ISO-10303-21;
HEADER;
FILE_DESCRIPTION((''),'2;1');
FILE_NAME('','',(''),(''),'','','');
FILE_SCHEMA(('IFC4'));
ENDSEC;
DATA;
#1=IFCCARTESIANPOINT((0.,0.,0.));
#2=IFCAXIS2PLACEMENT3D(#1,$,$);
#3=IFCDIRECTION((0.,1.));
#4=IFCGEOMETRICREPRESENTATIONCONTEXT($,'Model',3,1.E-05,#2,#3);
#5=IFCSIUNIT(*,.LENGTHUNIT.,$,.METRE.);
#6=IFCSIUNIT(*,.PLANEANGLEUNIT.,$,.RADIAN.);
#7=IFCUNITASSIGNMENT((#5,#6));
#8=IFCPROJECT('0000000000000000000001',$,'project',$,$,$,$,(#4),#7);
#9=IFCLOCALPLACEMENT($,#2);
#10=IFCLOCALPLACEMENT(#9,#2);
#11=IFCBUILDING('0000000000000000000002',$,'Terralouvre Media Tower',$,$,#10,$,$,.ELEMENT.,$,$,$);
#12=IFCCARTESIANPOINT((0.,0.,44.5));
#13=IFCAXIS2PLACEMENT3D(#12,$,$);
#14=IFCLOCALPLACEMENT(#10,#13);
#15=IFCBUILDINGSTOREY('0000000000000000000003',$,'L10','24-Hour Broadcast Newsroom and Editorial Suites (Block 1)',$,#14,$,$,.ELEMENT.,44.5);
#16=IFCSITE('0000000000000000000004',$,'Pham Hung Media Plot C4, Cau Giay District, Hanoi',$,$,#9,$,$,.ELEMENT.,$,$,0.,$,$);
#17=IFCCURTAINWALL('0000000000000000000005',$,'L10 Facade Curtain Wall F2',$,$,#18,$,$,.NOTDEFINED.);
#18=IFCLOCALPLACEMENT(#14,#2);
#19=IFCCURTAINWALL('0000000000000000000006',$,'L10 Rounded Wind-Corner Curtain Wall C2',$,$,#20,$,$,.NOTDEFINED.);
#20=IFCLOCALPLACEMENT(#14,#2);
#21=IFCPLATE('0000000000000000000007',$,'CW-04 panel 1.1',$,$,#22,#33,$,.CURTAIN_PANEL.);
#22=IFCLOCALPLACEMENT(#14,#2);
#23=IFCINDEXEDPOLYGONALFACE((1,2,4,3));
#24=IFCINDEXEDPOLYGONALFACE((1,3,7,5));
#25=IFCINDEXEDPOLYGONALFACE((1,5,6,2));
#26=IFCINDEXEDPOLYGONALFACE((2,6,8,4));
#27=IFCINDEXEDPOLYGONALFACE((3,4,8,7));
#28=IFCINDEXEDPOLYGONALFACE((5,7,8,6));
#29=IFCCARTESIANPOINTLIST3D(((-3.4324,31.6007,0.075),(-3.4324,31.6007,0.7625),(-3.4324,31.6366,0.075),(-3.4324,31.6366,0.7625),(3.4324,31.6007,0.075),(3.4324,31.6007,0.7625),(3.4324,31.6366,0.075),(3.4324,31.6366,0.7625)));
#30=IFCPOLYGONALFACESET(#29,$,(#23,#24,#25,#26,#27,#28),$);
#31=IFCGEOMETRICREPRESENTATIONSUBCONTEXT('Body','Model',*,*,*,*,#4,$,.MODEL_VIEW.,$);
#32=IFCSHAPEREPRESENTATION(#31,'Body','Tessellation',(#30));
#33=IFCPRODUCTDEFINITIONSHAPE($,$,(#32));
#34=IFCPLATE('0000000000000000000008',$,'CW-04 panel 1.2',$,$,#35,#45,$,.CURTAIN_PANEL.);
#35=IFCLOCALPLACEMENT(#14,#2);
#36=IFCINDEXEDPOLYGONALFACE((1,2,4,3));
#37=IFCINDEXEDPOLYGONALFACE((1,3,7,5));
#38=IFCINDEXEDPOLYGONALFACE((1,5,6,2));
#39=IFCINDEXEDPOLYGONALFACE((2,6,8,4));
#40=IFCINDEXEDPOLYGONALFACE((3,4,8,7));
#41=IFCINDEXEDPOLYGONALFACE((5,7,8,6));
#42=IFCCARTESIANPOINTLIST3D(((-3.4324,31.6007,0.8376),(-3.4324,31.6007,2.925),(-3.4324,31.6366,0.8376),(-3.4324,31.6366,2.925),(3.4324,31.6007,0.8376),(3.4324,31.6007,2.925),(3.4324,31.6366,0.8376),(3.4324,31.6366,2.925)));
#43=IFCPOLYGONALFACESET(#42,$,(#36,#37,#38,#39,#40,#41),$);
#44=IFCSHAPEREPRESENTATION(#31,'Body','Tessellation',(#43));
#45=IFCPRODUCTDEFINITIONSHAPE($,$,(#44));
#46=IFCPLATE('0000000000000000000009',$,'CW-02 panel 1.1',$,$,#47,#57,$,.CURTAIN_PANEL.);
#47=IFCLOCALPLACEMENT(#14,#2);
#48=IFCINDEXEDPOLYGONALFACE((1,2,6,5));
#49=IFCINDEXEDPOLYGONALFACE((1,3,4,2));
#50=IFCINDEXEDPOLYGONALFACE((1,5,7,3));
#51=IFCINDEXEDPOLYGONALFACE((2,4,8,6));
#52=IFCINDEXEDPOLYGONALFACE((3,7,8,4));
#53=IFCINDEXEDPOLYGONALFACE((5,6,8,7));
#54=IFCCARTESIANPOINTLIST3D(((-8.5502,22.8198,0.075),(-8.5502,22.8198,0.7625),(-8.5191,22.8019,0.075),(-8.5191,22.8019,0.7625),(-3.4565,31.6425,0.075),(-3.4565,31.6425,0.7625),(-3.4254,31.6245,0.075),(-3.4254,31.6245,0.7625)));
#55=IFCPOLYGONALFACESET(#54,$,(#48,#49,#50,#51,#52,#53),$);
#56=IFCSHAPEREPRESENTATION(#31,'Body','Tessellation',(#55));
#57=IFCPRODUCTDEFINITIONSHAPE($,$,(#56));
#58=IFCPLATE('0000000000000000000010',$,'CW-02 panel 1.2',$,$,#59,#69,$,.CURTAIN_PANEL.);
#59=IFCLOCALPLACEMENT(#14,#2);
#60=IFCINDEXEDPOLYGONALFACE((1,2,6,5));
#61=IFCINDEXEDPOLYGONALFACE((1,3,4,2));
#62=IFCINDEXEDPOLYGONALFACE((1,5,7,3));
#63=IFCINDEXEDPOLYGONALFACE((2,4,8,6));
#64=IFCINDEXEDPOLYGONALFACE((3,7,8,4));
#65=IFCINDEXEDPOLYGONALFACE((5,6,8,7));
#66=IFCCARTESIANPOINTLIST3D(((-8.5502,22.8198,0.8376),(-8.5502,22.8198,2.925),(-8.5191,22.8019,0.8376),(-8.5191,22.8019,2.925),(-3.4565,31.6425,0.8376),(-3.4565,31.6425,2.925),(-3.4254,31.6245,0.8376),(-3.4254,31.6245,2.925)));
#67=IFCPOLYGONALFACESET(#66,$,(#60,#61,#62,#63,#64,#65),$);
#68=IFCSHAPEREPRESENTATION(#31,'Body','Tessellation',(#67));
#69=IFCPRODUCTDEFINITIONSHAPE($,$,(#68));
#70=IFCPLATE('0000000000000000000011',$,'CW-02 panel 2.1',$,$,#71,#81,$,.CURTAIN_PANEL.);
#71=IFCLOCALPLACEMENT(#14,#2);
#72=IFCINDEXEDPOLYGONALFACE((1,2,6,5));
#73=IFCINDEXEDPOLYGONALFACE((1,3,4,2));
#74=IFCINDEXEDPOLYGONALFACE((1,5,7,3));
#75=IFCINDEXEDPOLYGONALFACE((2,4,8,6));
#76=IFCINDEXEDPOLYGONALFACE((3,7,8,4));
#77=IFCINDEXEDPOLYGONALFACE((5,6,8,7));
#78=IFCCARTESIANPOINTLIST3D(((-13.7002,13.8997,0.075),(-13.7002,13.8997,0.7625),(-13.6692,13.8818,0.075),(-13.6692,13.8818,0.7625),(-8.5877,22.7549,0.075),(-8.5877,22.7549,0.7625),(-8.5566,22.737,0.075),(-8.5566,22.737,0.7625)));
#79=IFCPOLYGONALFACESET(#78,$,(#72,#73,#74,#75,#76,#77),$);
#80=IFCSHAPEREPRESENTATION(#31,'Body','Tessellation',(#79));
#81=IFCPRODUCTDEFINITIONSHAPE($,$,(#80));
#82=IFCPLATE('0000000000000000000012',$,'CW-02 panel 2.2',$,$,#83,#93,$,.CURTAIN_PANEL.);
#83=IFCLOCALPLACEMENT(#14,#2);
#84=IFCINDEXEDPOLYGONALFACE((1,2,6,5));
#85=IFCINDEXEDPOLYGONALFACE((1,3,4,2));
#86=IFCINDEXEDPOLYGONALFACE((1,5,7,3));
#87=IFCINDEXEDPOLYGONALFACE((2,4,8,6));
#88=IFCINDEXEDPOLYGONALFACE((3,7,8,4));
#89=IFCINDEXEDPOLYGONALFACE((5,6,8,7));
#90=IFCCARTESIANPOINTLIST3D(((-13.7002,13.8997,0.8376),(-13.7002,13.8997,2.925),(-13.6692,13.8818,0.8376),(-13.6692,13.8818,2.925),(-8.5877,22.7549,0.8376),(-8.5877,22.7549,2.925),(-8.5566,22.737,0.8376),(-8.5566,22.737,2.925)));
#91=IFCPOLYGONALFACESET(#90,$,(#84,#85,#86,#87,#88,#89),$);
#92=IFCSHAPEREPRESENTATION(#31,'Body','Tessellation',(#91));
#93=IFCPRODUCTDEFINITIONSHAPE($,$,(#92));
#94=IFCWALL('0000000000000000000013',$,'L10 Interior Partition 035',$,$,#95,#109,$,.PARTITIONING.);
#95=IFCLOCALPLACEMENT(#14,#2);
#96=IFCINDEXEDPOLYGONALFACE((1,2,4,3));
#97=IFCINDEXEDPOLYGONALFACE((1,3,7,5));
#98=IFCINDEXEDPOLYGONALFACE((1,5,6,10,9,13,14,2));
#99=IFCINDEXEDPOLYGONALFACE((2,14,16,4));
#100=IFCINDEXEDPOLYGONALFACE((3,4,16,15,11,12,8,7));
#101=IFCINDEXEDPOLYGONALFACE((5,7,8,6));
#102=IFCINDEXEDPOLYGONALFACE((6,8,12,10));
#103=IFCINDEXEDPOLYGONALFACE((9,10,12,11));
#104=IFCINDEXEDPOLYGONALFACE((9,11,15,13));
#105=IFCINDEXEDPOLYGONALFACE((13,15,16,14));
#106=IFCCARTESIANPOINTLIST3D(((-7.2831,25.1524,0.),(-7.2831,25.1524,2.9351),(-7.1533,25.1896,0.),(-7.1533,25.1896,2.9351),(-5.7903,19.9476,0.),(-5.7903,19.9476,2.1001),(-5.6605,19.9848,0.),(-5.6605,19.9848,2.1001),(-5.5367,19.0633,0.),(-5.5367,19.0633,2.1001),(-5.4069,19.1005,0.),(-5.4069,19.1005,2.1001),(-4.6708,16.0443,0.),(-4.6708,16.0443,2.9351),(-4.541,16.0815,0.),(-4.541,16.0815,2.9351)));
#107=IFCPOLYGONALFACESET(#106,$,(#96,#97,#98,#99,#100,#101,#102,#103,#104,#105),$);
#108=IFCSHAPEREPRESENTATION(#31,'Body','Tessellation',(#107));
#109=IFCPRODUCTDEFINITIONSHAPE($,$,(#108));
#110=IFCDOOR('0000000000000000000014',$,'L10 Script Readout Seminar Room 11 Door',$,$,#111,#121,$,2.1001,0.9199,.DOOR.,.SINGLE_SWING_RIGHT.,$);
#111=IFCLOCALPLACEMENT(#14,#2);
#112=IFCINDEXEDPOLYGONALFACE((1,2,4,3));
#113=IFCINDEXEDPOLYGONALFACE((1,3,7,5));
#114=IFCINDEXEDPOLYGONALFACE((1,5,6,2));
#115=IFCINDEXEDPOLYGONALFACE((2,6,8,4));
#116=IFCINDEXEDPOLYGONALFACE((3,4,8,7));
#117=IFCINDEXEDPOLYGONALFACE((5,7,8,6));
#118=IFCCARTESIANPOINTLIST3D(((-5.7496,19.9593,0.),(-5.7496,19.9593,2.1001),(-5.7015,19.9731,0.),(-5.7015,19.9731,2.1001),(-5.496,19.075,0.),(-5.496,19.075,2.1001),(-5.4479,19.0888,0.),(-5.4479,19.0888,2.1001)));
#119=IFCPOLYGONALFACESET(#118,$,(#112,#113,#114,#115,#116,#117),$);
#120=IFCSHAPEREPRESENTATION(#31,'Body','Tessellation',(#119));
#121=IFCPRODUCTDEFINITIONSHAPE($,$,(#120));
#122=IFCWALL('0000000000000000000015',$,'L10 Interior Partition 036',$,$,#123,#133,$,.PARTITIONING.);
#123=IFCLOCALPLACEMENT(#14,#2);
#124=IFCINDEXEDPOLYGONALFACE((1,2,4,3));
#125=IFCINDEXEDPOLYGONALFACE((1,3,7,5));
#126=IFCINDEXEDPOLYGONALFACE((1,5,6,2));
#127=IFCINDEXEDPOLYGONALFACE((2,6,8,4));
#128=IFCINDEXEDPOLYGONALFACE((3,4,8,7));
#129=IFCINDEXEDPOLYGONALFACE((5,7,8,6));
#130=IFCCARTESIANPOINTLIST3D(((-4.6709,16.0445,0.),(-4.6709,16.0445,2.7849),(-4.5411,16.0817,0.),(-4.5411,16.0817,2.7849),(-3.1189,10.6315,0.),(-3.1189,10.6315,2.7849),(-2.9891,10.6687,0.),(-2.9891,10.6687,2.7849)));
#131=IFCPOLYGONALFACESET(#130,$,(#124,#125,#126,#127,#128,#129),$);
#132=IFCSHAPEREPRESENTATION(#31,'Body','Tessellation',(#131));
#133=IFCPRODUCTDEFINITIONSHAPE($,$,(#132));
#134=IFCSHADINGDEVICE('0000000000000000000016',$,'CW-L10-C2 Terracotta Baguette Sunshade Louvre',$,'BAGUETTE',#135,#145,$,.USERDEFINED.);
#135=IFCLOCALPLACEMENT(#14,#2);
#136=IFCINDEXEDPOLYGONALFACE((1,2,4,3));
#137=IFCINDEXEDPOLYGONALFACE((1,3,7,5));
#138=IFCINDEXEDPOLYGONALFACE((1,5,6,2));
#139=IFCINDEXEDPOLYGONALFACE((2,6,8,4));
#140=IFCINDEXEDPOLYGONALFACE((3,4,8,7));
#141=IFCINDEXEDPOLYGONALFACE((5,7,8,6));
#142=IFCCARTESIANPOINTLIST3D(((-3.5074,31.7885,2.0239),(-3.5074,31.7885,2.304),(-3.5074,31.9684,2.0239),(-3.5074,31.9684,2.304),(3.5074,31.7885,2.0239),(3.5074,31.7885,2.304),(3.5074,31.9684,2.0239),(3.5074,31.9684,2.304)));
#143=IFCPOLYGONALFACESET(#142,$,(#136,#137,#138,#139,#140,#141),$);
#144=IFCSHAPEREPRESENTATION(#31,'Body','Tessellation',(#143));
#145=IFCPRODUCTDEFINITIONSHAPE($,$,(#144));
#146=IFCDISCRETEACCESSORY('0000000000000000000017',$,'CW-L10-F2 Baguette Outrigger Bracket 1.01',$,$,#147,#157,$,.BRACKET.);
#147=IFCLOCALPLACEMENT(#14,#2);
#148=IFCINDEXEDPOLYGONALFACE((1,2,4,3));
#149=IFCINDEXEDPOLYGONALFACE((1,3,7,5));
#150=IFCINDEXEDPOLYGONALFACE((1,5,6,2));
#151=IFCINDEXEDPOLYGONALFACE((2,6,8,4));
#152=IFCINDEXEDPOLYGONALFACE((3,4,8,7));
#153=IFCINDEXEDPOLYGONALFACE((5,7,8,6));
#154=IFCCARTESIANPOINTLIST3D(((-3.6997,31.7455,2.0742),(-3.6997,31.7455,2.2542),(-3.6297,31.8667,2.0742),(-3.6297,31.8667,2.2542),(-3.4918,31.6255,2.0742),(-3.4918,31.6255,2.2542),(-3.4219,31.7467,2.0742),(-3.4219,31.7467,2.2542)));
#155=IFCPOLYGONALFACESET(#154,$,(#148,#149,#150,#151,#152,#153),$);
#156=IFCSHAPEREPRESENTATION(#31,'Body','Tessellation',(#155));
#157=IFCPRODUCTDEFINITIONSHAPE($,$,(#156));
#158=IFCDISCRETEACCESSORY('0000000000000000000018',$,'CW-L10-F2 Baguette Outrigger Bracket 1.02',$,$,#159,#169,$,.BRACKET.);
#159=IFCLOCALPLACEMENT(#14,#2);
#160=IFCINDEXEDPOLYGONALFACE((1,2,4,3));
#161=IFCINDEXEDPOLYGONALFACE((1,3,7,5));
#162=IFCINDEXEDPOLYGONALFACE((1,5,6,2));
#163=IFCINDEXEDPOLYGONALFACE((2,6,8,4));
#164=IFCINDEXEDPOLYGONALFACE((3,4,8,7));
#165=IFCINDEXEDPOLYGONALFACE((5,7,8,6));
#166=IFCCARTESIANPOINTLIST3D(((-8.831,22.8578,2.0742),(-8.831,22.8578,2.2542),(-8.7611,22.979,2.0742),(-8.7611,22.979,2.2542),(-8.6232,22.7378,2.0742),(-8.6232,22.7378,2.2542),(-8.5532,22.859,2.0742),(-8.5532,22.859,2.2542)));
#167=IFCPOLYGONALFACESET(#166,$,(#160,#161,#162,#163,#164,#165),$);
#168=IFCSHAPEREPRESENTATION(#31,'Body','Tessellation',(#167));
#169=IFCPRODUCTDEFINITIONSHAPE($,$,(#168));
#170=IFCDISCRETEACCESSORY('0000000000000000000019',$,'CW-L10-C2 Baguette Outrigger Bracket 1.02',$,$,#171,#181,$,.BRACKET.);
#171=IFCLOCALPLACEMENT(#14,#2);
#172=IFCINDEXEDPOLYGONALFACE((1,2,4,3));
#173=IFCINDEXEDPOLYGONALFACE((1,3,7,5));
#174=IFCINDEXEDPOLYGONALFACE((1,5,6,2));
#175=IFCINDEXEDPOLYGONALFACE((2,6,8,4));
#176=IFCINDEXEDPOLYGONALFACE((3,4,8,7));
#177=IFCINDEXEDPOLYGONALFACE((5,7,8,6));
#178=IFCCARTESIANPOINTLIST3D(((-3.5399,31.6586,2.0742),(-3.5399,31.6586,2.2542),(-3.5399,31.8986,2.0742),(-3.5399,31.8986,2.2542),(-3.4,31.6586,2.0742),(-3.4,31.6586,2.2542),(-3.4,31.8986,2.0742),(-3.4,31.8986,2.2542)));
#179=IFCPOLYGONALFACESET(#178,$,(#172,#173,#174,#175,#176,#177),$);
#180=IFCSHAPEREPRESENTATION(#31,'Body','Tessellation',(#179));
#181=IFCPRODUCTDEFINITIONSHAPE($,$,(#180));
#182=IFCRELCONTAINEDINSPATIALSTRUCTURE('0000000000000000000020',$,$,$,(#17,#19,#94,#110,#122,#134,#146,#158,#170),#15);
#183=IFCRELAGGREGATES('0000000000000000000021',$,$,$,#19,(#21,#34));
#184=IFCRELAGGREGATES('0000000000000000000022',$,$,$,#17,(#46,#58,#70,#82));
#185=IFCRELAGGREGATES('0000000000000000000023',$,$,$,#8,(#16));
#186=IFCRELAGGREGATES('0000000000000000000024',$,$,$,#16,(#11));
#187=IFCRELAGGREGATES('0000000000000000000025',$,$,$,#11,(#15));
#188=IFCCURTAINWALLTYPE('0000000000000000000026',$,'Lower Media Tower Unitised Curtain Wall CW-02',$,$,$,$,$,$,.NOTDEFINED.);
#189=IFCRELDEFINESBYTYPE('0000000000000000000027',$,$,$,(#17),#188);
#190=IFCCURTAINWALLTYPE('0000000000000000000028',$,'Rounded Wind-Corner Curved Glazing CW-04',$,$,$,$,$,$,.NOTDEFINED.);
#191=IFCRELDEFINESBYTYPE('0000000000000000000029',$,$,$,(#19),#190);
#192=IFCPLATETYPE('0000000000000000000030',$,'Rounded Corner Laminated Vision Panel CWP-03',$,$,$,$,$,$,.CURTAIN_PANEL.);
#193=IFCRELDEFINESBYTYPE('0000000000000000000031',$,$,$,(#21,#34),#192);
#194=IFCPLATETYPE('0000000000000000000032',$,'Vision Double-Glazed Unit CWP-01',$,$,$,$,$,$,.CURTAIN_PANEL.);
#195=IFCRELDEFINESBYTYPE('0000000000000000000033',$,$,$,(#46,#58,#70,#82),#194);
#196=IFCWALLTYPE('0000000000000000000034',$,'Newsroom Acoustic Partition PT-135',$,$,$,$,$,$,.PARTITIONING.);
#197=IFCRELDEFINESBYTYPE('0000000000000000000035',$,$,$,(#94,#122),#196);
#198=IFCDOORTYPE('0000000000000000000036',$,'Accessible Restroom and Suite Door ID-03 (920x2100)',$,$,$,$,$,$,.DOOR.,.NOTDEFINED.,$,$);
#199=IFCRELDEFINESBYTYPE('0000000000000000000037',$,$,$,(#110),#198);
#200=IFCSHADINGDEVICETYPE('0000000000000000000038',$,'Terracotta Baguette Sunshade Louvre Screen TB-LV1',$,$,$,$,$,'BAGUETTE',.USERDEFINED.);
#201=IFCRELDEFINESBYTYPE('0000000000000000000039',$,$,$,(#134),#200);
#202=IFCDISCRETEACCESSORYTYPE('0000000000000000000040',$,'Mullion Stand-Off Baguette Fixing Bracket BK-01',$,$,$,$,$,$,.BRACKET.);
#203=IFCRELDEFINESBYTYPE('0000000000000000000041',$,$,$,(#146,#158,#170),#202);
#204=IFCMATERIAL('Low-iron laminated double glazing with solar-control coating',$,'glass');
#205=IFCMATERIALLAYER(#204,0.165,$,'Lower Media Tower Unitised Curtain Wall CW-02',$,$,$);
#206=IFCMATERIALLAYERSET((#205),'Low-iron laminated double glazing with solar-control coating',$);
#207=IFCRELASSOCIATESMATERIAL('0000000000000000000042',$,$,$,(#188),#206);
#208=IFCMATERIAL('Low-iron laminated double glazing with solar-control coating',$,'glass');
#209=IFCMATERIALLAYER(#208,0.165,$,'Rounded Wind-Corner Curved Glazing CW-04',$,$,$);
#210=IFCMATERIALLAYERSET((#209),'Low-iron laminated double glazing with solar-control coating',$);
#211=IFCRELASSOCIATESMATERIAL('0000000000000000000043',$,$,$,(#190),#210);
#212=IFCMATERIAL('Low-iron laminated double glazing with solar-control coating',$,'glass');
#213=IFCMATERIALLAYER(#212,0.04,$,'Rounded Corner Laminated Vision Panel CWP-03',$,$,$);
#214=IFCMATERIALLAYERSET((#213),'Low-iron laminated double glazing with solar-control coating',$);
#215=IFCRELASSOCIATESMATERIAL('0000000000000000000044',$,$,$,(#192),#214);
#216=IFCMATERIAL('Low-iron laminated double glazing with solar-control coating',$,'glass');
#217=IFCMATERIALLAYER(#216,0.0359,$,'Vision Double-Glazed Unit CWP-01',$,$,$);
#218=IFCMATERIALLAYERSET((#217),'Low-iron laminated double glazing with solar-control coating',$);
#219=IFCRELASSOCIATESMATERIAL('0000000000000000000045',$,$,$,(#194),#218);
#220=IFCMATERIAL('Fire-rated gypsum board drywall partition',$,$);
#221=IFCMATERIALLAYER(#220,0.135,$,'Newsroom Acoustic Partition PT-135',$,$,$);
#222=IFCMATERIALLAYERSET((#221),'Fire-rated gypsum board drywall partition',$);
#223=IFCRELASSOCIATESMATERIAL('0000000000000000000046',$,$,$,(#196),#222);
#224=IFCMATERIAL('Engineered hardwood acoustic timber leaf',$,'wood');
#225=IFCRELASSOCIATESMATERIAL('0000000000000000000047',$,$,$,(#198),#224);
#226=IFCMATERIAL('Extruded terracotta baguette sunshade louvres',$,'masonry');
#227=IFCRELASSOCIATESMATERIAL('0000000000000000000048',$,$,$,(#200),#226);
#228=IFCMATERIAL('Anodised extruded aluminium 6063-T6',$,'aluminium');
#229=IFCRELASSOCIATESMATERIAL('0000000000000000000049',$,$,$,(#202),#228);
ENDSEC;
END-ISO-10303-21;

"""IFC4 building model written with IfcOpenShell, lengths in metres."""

from ifc_helpers import new_model, si_unit, direction, frame, frame_2d, origin, origin_2d, place, context, subcontext, project, spatial, rectangle, extrude, material, layer, layer_set, type_object, element, fill, aggregate, save


model = new_model("IFC4")

# Units and contexts
model_context = context("Model", 3, precision=1e-05, world=origin(), true_north=direction((0.0, 1.0)))
body_context = subcontext(model_context, "Body", "Model", "MODEL_VIEW")
ifc_project = project(units=[si_unit("LENGTHUNIT", "METRE"), si_unit("PLANEANGLEUNIT", "RADIAN")], contexts=[model_context])

# Site, building, storey
site_placement = place(None, origin())
site = spatial("IfcSite", under=ifc_project, at=site_placement, Name="Pham Hung Media Plot C4, Cau Giay District, Hanoi", CompositionType="ELEMENT", RefElevation=0.0)
building_placement = place(site_placement, origin())
building = spatial("IfcBuilding", under=site, at=building_placement, Name="Terralouvre Media Tower", CompositionType="ELEMENT")
storey_placement = place(building_placement, frame((0.0, 0.0, 44.5)))
storey = spatial("IfcBuildingStorey", under=building, at=storey_placement, Name="L10", Description="24-Hour Broadcast Newsroom and Editorial Suites (Block 1)", CompositionType="ELEMENT", Elevation=44.5)

# Curtain wall
ifc_material_1 = material(Name="Low-iron laminated double glazing with solar-control coating", Category="glass")
ifc_layer_1 = layer(ifc_material_1, 0.165, Name="Lower Media Tower Unitised Curtain Wall CW-02")
ifc_layer_set_1 = layer_set([ifc_layer_1], Name="Low-iron laminated double glazing with solar-control coating")
curtain_wall_type_1 = type_object("IfcCurtainWallType", Name="Lower Media Tower Unitised Curtain Wall CW-02", PredefinedType="NOTDEFINED", material=ifc_layer_set_1)
curtain_wall_1_placement = place(storey_placement, origin())
curtain_wall_1 = element("IfcCurtainWall", 1, at=curtain_wall_1_placement, inside=storey, type_object=curtain_wall_type_1, Name="L10 Facade Curtain Wall F2", PredefinedType="NOTDEFINED")

# Curtain wall
ifc_material_2 = material(Name="Low-iron laminated double glazing with solar-control coating", Category="glass")
ifc_layer_2 = layer(ifc_material_2, 0.165, Name="Rounded Wind-Corner Curved Glazing CW-04")
ifc_layer_set_2 = layer_set([ifc_layer_2], Name="Low-iron laminated double glazing with solar-control coating")
curtain_wall_type_2 = type_object("IfcCurtainWallType", Name="Rounded Wind-Corner Curved Glazing CW-04", PredefinedType="NOTDEFINED", material=ifc_layer_set_2)
curtain_wall_2_placement = place(storey_placement, origin())
curtain_wall_2 = element("IfcCurtainWall", 2, at=curtain_wall_2_placement, inside=storey, type_object=curtain_wall_type_2, Name="L10 Rounded Wind-Corner Curtain Wall C2", PredefinedType="NOTDEFINED")

# Plates
ifc_material_3 = material(Name="Low-iron laminated double glazing with solar-control coating", Category="glass")
ifc_layer_3 = layer(ifc_material_3, 0.04, Name="Rounded Corner Laminated Vision Panel CWP-03")
ifc_layer_set_3 = layer_set([ifc_layer_3], Name="Low-iron laminated double glazing with solar-control coating")
plate_type_1 = type_object("IfcPlateType", Name="Rounded Corner Laminated Vision Panel CWP-03", PredefinedType="CURTAIN_PANEL", material=ifc_layer_set_3)
plate_1_placement = place(storey_placement, frame((0.0, 31.6187, 0.075), z_axis=(0.0, 0.0, 1.0), x_axis=(-1.0, 0.0, 0.0)))
plate_1 = element("IfcPlate", 3, at=plate_1_placement, type_object=plate_type_1, Name="CW-04 panel 1.1", PredefinedType="CURTAIN_PANEL", context=body_context, shape_type="SweptSolid", body=[
    extrude(rectangle(XDim=6.8647, YDim=0.0359, at=origin_2d()), origin(), (0.0, 0.0, 1.0), 0.6875),
])
plate_2_placement = place(storey_placement, frame((0.0, 31.6187, 0.8376), z_axis=(0.0, 0.0, 1.0), x_axis=(-1.0, 0.0, 0.0)))
plate_2 = element("IfcPlate", 4, at=plate_2_placement, type_object=plate_type_1, Name="CW-04 panel 1.2", PredefinedType="CURTAIN_PANEL", context=body_context, shape_type="SweptSolid", body=[
    extrude(rectangle(XDim=6.8647, YDim=0.0359, at=origin_2d()), origin(), (0.0, 0.0, 1.0), 2.0874),
])
aggregate(curtain_wall_2, [plate_1, plate_2])
ifc_material_4 = material(Name="Low-iron laminated double glazing with solar-control coating", Category="glass")
ifc_layer_4 = layer(ifc_material_4, 0.0359, Name="Vision Double-Glazed Unit CWP-01")
ifc_layer_set_4 = layer_set([ifc_layer_4], Name="Low-iron laminated double glazing with solar-control coating")
plate_type_2 = type_object("IfcPlateType", Name="Vision Double-Glazed Unit CWP-01", PredefinedType="CURTAIN_PANEL", material=ifc_layer_set_4)
plate_3_placement = place(storey_placement, frame((-5.9878, 27.2222, 0.075), z_axis=(0.0, 0.0, 1.0), x_axis=(-0.5, -0.866025, 0.0)))
plate_3 = element("IfcPlate", 5, at=plate_3_placement, type_object=plate_type_2, Name="CW-02 panel 1.1", PredefinedType="CURTAIN_PANEL", context=body_context, shape_type="SweptSolid", body=[
    extrude(rectangle(XDim=10.1875, YDim=0.0359, at=origin_2d()), origin(), (0.0, 0.0, 1.0), 0.6875),
])
plate_4_placement = place(storey_placement, frame((-5.9878, 27.2222, 0.8376), z_axis=(0.0, 0.0, 1.0), x_axis=(-0.5, -0.866025, 0.0)))
plate_4 = element("IfcPlate", 6, at=plate_4_placement, type_object=plate_type_2, Name="CW-02 panel 1.2", PredefinedType="CURTAIN_PANEL", context=body_context, shape_type="SweptSolid", body=[
    extrude(rectangle(XDim=10.1875, YDim=0.0359, at=origin_2d()), origin(), (0.0, 0.0, 1.0), 2.0874),
])
plate_5_placement = place(storey_placement, frame((-11.1284, 18.3184, 0.075), z_axis=(0.0, 0.0, 1.0), x_axis=(-0.5, -0.866025, 0.0)))
plate_5 = element("IfcPlate", 7, at=plate_5_placement, type_object=plate_type_2, Name="CW-02 panel 2.1", PredefinedType="CURTAIN_PANEL", context=body_context, shape_type="SweptSolid", body=[
    extrude(rectangle(XDim=10.2251, YDim=0.0359, at=origin_2d()), origin(), (0.0, 0.0, 1.0), 0.6875),
])
plate_6_placement = place(storey_placement, frame((-11.1284, 18.3184, 0.8376), z_axis=(0.0, 0.0, 1.0), x_axis=(-0.5, -0.866025, 0.0)))
plate_6 = element("IfcPlate", 8, at=plate_6_placement, type_object=plate_type_2, Name="CW-02 panel 2.2", PredefinedType="CURTAIN_PANEL", context=body_context, shape_type="SweptSolid", body=[
    extrude(rectangle(XDim=10.2251, YDim=0.0359, at=origin_2d()), origin(), (0.0, 0.0, 1.0), 2.0874),
])
aggregate(curtain_wall_1, [plate_3, plate_4, plate_5, plate_6])

# Wall, opening, door
ifc_material_5 = material(Name="Fire-rated gypsum board drywall partition")
ifc_layer_5 = layer(ifc_material_5, 0.135, Name="Newsroom Acoustic Partition PT-135")
ifc_layer_set_5 = layer_set([ifc_layer_5], Name="Fire-rated gypsum board drywall partition")
wall_type = type_object("IfcWallType", Name="Newsroom Acoustic Partition PT-135", PredefinedType="PARTITIONING", material=ifc_layer_set_5)
wall_1_placement = place(storey_placement, frame((-7.2183, 25.1711, 0.0), z_axis=(0.0, 0.0, 1.0), x_axis=(0.275694, -0.961245, 0.0)))
wall_1 = element("IfcWall", 9, at=wall_1_placement, inside=storey, type_object=wall_type, Name="L10 Interior Partition 035", PredefinedType="PARTITIONING", context=body_context, shape_type="SweptSolid", body=[
    extrude(rectangle(XDim=9.4753, YDim=0.135, at=frame_2d((4.7378, 0.0))), origin(), (0.0, 0.0, 1.0), 2.9351),
])
opening_placement = place(wall_1_placement, frame((5.4148, 0.0, 0.0)))
opening = element("IfcOpeningElement", 10, at=opening_placement, cuts=wall_1, PredefinedType="OPENING", context=body_context, shape_type="SweptSolid", body=[
    extrude(rectangle(XDim=0.9199, YDim=2.1001, at=frame_2d((0.46, 1.05))), frame((0.0, 0.0774, 0.0), z_axis=(0.0, -1.0, 0.0), x_axis=(1.0, 0.0, 0.0)), (0.0, 0.0, 1.0), 0.155),
])
ifc_material_6 = material(Name="Engineered hardwood acoustic timber leaf", Category="wood")
door_type = type_object("IfcDoorType", Name="Accessible Restroom and Suite Door ID-03 (920x2100)", OperationType="NOTDEFINED", PredefinedType="DOOR", material=ifc_material_6)
door_placement = place(opening_placement, origin())
door = element("IfcDoor", 11, at=door_placement, inside=storey, type_object=door_type, Name="L10 Script Readout Seminar Room 11 Door", OperationType="SINGLE_SWING_RIGHT", OverallHeight=2.1001, OverallWidth=0.9199, PredefinedType="DOOR", context=body_context, shape_type="SweptSolid", body=[
    extrude(rectangle(XDim=0.9199, YDim=2.1001, at=frame_2d((0.46, 1.05))), frame((0.0, 0.0249, 0.0), z_axis=(0.0, -1.0, 0.0), x_axis=(1.0, 0.0, 0.0)), (0.0, 0.0, 1.0), 0.05),
])
fill(opening, door)

# Wall
wall_2_placement = place(storey_placement, frame((-4.606, 16.063, 0.0), z_axis=(0.0, 0.0, 1.0), x_axis=(0.275609, -0.96127, 0.0)))
element("IfcWall", 12, at=wall_2_placement, inside=storey, type_object=wall_type, Name="L10 Interior Partition 036", PredefinedType="PARTITIONING", context=body_context, shape_type="SweptSolid", body=[
    extrude(rectangle(XDim=5.6311, YDim=0.135, at=frame_2d((2.8154, 0.0))), origin(), (0.0, 0.0, 1.0), 2.7849),
])

# Shading device
ifc_material_7 = material(Name="Extruded terracotta baguette sunshade louvres", Category="masonry")
shading_device_type = type_object("IfcShadingDeviceType", Name="Terracotta Baguette Sunshade Louvre Screen TB-LV1", ElementType="BAGUETTE", PredefinedType="USERDEFINED", material=ifc_material_7)
shading_device_placement = place(storey_placement, frame((0.0, 31.8784, 2.0239), z_axis=(0.0, 0.0, 1.0), x_axis=(-1.0, 0.0, 0.0)))
element("IfcShadingDevice", 13, at=shading_device_placement, inside=storey, type_object=shading_device_type, Name="CW-L10-C2 Terracotta Baguette Sunshade Louvre", ObjectType="BAGUETTE", PredefinedType="USERDEFINED", context=body_context, shape_type="SweptSolid", body=[
    extrude(rectangle(XDim=7.0149, YDim=0.1799, at=origin_2d()), origin(), (0.0, 0.0, 1.0), 0.28),
])

# Discrete accessories
ifc_material_8 = material(Name="Anodised extruded aluminium 6063-T6", Category="aluminium")
discrete_accessory_type = type_object("IfcDiscreteAccessoryType", Name="Mullion Stand-Off Baguette Fixing Bracket BK-01", PredefinedType="BRACKET", material=ifc_material_8)
for number, where, z_axis, x_axis, name in (
    (14, (-3.5608, 31.7461, 2.0742), (0.0, 0.0, 1.0), (-0.5, -0.866025, 0.0), "CW-L10-F2 Baguette Outrigger Bracket 1.01"),
    (15, (-8.6921, 22.8584, 2.0742), (0.0, 0.0, 1.0), (-0.5, -0.866025, 0.0), "CW-L10-F2 Baguette Outrigger Bracket 1.02"),
    (16, (-3.47, 31.7786, 2.0742), (0.0, 0.0, 1.0), (-1.0, 0.0, 0.0), "CW-L10-C2 Baguette Outrigger Bracket 1.02"),
):
    element("IfcDiscreteAccessory", number, at=place(storey_placement, frame(where, z_axis=z_axis, x_axis=x_axis)), inside=storey, type_object=discrete_accessory_type, Name=name, PredefinedType="BRACKET", context=body_context, shape_type="SweptSolid", body=[
        extrude(rectangle(XDim=0.1399, YDim=0.24, at=origin_2d()), origin(), (0.0, 0.0, 1.0), 0.1799),
    ])

save(model, "model.ifc")
